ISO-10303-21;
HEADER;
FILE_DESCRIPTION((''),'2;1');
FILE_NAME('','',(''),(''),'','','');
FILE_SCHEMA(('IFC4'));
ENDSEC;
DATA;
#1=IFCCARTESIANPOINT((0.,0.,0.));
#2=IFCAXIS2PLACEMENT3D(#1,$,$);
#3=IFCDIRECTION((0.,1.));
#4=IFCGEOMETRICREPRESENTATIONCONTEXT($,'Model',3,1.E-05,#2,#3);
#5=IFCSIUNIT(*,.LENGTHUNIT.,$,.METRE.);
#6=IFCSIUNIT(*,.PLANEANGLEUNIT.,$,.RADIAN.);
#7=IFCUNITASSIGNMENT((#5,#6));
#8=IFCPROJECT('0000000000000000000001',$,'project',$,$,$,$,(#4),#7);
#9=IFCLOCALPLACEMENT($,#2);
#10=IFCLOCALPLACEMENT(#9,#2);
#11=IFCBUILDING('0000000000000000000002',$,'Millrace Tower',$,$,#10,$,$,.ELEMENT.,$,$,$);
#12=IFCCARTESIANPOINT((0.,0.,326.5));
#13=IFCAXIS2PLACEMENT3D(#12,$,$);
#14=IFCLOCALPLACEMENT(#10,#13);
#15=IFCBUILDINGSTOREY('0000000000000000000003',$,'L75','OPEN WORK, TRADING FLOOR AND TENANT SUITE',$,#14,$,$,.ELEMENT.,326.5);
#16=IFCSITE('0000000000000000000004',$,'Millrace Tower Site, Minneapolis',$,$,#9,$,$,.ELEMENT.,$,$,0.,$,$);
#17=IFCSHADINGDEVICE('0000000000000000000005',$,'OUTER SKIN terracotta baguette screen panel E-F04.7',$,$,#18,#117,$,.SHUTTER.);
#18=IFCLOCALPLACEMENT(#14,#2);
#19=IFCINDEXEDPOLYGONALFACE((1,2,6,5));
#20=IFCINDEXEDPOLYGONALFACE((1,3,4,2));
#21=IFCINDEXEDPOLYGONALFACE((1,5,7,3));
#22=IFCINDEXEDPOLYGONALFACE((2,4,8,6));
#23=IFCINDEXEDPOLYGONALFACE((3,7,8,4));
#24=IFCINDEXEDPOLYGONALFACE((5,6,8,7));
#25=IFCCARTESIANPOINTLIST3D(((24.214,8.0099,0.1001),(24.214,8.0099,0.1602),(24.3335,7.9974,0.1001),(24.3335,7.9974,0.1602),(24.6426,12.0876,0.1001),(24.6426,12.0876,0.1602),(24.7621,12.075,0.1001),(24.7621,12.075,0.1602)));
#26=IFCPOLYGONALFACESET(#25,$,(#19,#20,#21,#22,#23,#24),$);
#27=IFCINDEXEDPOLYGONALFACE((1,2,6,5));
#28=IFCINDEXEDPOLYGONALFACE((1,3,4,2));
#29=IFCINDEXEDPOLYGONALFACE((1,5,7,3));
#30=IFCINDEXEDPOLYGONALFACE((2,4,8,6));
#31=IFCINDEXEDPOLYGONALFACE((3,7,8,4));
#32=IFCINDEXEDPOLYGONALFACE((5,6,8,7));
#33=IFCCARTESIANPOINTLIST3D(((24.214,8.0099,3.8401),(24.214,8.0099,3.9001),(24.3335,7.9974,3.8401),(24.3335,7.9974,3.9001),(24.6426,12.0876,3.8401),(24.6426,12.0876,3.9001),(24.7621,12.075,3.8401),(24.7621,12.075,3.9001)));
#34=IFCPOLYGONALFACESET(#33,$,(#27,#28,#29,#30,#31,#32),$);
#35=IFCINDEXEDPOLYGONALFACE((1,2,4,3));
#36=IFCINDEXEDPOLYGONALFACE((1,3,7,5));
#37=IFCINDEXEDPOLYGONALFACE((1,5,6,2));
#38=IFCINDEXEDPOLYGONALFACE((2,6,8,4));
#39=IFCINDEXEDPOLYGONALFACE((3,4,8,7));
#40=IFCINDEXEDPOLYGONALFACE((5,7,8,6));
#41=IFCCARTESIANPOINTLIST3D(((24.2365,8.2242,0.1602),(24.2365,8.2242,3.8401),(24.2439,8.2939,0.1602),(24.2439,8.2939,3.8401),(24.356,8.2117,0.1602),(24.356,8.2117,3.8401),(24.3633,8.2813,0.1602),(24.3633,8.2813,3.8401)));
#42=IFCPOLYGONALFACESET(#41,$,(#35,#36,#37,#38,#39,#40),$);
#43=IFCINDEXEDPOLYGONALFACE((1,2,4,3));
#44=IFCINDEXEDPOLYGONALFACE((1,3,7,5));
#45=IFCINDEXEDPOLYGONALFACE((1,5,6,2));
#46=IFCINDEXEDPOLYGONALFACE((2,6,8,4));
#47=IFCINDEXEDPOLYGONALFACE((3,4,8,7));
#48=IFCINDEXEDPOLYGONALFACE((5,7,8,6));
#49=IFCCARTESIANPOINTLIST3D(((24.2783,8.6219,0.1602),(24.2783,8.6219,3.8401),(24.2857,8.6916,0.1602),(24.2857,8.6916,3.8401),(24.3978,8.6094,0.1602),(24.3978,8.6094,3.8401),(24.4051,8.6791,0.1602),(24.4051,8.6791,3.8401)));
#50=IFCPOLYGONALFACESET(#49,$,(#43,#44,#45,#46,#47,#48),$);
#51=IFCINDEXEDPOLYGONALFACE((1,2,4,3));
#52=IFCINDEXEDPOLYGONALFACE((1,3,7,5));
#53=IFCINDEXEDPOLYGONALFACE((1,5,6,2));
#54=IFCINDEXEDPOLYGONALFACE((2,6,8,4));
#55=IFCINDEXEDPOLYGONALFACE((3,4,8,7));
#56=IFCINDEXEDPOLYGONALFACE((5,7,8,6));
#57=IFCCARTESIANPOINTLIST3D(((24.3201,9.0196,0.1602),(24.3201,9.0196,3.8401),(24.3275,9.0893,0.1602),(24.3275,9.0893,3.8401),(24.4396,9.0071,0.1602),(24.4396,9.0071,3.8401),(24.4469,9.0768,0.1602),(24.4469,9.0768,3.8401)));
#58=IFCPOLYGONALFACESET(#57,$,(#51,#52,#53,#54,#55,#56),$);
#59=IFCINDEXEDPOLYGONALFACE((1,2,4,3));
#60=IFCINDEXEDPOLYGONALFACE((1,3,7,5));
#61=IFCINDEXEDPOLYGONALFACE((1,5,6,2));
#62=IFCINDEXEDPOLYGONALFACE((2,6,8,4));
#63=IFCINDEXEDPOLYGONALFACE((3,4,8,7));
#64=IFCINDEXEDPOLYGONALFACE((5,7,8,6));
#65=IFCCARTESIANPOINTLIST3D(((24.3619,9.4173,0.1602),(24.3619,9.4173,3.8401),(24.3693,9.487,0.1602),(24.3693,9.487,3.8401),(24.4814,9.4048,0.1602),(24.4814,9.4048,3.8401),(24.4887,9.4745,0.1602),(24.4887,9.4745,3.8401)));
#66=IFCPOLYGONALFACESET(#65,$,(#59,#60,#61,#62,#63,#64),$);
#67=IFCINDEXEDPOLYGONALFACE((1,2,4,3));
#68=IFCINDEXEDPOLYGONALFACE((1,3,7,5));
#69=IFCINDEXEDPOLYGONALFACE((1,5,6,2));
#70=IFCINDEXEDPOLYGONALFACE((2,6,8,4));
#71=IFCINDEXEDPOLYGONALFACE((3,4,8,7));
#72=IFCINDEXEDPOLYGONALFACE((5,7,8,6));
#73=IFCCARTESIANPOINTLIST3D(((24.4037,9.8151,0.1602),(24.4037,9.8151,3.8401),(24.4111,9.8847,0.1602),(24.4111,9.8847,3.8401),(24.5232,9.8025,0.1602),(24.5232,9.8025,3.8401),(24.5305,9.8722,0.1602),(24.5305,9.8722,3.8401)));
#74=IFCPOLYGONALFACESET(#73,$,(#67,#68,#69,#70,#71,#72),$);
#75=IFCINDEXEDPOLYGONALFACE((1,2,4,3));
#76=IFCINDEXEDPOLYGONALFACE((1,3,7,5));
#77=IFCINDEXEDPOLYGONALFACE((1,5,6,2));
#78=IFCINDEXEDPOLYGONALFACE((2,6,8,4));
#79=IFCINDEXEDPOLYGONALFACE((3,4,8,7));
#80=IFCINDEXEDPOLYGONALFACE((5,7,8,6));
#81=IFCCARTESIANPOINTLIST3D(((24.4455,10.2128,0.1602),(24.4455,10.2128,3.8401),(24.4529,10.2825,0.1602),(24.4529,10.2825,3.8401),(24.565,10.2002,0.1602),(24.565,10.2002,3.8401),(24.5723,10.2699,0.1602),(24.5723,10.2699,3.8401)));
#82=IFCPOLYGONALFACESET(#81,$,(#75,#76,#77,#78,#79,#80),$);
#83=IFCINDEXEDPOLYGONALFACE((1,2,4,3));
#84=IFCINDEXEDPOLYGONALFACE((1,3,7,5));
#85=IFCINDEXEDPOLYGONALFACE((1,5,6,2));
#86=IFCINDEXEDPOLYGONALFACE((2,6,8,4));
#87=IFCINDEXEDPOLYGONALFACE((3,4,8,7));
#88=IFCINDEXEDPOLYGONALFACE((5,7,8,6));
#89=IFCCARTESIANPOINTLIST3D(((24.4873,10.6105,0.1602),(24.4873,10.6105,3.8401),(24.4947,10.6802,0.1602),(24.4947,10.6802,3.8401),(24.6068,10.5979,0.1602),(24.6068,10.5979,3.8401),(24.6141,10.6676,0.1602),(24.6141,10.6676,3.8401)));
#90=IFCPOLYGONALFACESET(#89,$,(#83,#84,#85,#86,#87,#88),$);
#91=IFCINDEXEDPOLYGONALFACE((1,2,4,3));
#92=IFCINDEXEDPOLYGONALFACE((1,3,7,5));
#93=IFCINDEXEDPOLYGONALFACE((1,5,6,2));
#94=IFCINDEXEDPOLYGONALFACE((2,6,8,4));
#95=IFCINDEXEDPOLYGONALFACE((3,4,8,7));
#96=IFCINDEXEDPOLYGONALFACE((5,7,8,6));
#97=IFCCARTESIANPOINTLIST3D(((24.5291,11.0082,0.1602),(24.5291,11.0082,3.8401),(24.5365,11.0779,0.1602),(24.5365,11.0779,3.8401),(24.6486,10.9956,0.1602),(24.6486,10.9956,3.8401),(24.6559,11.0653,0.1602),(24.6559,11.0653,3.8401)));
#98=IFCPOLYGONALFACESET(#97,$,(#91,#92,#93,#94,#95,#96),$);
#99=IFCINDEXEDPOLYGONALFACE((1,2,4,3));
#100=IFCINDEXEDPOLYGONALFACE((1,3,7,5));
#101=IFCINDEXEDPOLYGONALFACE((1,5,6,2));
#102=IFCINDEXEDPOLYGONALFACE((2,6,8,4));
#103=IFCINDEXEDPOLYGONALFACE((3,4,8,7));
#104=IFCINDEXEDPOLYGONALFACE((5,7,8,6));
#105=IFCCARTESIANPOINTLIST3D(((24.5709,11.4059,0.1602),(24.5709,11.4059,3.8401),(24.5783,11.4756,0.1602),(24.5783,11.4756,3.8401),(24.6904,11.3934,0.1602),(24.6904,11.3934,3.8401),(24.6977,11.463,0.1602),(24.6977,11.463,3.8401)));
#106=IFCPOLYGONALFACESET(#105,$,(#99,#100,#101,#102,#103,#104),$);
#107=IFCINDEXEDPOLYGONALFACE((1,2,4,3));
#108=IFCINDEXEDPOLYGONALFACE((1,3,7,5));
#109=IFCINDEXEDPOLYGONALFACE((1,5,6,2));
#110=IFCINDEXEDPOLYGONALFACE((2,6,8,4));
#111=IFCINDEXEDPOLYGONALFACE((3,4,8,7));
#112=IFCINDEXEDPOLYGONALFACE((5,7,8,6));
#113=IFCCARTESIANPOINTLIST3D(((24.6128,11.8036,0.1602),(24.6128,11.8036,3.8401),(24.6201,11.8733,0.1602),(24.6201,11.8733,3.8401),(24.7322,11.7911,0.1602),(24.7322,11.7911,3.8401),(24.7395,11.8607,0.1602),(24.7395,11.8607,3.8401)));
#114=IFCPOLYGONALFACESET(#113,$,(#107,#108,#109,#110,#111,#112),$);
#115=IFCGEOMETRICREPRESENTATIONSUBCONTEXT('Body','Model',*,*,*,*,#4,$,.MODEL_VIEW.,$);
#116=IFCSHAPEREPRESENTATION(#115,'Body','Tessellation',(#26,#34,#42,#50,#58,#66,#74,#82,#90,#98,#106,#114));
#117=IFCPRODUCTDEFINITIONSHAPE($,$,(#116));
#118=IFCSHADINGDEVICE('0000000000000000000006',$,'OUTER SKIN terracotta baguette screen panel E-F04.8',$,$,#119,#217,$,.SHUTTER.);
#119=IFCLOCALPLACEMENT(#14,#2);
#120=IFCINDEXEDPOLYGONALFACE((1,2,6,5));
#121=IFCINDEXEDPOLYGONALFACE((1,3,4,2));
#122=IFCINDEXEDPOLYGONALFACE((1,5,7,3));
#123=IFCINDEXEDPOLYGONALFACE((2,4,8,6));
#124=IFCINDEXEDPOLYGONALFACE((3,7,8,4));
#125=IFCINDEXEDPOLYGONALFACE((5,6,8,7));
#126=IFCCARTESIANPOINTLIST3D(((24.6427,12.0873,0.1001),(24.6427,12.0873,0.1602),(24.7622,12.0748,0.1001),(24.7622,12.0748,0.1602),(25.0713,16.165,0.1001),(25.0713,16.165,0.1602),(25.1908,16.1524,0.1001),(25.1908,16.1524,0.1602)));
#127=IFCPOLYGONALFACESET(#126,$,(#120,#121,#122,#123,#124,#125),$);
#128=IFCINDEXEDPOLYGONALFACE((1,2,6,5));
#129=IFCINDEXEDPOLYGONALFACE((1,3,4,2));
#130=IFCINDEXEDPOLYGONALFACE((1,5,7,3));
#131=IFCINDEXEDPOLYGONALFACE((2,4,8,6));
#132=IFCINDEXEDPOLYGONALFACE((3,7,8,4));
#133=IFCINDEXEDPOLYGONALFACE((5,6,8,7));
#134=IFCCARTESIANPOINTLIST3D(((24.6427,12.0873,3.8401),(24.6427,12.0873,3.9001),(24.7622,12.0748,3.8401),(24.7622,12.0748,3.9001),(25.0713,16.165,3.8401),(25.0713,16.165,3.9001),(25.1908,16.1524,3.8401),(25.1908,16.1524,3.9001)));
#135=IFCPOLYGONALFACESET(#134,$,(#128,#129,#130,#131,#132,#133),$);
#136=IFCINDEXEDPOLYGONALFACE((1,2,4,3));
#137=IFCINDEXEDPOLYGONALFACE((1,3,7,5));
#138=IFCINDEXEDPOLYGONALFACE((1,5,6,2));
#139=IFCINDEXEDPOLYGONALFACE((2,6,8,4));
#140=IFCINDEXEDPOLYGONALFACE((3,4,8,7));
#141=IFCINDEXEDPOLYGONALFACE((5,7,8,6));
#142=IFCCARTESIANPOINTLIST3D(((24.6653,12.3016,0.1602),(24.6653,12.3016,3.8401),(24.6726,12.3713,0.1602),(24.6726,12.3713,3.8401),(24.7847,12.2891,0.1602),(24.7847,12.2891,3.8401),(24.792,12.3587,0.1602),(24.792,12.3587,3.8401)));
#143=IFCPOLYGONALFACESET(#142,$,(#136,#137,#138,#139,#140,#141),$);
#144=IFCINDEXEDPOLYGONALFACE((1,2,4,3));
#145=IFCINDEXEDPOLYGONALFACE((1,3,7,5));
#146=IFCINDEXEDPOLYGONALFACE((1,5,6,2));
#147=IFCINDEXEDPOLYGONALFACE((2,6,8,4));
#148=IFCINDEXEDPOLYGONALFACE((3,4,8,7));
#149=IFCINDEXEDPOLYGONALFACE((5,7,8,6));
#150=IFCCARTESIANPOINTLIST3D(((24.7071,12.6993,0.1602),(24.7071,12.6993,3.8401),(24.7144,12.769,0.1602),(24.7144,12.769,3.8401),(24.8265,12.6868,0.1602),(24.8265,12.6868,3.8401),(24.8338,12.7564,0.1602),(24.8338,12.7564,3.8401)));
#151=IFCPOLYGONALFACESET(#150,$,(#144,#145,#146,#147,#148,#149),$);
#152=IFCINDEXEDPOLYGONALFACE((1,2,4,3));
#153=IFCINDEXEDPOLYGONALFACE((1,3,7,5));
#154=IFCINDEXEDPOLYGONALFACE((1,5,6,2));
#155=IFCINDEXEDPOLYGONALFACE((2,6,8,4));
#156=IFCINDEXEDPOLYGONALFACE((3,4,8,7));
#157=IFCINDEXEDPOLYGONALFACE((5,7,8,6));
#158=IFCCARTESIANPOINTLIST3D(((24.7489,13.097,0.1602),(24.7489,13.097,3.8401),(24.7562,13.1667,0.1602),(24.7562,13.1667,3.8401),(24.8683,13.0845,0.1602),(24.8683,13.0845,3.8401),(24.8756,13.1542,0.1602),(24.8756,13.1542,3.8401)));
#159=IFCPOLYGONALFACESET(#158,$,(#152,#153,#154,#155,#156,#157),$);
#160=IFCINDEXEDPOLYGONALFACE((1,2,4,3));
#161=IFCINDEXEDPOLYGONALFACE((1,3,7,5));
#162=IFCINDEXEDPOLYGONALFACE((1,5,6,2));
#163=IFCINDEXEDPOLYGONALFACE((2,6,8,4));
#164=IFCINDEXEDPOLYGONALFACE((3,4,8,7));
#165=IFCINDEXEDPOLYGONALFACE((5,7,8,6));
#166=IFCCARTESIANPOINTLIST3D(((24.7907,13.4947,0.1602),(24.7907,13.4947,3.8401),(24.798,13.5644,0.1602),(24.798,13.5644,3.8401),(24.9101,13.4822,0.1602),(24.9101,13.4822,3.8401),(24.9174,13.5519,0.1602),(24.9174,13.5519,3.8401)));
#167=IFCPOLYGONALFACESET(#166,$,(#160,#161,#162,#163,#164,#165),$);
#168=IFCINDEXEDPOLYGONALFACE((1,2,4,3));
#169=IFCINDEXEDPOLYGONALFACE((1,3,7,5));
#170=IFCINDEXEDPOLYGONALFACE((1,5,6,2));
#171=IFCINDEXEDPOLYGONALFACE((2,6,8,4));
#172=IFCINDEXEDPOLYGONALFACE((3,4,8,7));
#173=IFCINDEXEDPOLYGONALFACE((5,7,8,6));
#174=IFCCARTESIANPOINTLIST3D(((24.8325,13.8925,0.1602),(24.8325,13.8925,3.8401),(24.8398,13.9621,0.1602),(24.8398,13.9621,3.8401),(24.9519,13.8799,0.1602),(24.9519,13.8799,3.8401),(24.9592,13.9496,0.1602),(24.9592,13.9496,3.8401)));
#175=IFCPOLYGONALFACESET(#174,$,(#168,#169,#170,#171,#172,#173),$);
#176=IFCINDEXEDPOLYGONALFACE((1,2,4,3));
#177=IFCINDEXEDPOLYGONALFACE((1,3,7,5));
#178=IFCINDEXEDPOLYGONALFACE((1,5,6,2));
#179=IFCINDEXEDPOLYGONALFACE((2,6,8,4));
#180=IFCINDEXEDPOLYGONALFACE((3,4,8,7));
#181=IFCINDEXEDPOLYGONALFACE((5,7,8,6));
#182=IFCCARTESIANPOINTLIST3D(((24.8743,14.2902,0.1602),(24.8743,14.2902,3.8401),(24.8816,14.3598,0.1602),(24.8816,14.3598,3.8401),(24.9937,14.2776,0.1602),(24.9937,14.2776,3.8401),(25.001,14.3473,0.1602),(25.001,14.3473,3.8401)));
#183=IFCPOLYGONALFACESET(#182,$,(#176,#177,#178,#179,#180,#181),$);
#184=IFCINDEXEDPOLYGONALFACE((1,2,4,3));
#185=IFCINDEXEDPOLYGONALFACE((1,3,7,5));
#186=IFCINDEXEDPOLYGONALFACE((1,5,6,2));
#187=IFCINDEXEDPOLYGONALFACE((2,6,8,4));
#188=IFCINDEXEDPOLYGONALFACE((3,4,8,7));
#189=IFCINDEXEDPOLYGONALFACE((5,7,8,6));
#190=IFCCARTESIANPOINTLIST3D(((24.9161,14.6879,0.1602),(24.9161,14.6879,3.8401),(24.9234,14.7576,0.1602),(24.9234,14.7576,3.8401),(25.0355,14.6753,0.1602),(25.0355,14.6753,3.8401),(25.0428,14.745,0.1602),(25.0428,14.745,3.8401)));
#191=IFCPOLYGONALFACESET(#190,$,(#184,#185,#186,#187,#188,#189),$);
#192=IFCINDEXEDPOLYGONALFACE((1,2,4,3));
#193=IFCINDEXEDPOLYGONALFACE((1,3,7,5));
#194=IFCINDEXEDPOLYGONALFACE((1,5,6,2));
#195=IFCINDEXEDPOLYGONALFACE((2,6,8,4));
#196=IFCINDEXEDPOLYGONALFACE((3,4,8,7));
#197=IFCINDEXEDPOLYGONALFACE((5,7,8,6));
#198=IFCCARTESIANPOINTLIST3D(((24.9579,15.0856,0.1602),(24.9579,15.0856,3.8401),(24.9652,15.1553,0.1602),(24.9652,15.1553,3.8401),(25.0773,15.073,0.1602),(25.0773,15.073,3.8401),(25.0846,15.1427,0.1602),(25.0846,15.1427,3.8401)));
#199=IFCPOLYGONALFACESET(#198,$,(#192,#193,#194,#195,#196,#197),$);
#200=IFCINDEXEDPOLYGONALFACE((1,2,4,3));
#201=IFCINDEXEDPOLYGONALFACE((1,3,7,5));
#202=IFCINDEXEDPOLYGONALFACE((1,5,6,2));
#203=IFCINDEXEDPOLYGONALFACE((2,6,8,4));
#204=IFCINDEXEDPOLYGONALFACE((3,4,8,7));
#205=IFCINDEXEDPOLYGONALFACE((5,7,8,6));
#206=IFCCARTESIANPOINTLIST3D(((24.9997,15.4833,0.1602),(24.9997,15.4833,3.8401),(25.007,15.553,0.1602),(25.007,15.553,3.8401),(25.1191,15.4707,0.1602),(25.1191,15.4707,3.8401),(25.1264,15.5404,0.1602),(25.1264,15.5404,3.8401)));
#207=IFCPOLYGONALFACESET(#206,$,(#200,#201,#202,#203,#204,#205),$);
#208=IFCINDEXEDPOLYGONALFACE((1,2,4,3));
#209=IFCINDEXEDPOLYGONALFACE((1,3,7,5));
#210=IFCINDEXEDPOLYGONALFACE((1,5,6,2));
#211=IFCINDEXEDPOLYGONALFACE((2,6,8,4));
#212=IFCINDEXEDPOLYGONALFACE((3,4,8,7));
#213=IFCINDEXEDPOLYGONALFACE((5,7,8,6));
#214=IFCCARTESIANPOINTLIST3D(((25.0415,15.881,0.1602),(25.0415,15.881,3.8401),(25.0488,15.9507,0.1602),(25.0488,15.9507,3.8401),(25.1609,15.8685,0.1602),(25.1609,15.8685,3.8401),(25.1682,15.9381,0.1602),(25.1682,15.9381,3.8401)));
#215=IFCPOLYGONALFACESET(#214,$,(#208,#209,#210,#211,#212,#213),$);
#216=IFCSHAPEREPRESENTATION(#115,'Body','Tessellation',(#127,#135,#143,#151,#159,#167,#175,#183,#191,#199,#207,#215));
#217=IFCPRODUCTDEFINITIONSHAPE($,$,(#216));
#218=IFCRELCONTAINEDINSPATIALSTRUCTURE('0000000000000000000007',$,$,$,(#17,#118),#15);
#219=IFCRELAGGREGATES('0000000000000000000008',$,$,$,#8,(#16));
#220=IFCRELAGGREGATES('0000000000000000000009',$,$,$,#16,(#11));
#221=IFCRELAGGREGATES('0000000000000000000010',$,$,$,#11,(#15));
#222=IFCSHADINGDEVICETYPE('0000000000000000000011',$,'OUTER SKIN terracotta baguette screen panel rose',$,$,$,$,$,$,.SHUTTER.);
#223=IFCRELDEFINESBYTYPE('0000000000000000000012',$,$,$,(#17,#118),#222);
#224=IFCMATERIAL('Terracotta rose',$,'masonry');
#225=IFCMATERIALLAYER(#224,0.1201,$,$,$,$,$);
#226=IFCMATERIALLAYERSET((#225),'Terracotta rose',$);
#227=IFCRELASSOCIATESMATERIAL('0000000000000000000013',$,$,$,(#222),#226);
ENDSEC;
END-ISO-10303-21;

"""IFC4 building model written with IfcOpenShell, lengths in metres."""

from ifc_helpers import new_model, entity, si_unit, direction, frame, frame_2d, origin, place, context, subcontext, project, spatial, rectangle, extrude, source, transform, mapped, material, layer, layer_set, type_object, element, save


model = new_model("IFC4")

# Units and contexts
model_context = context("Model", 3, precision=1e-05, world=origin(), true_north=direction((0.0, 1.0)))
body_context = subcontext(model_context, "Body", "Model", "MODEL_VIEW")
ifc_project = project(units=[si_unit("LENGTHUNIT", "METRE"), si_unit("PLANEANGLEUNIT", "RADIAN")], contexts=[model_context])

# Site, building, storey
site_placement = place(None, origin())
site = spatial("IfcSite", under=ifc_project, at=site_placement, Name="Millrace Tower Site, Minneapolis", CompositionType="ELEMENT", RefElevation=0.0)
building_placement = place(site_placement, origin())
building = spatial("IfcBuilding", under=site, at=building_placement, Name="Millrace Tower", CompositionType="ELEMENT")
storey_placement = place(building_placement, frame((0.0, 0.0, 326.5)))
storey = spatial("IfcBuildingStorey", under=building, at=storey_placement, Name="L75", Description="OPEN WORK, TRADING FLOOR AND TENANT SUITE", CompositionType="ELEMENT", Elevation=326.5)

# Shading devices
ifc_material_1 = material(Name="Terracotta rose", Category="masonry")
ifc_layer_1 = layer(ifc_material_1, 0.1201)
ifc_layer_set_1 = layer_set([ifc_layer_1], Name="Terracotta rose")
shading_device_type = type_object("IfcShadingDeviceType", Name="OUTER SKIN terracotta baguette screen panel rose", PredefinedType="SHUTTER", material=ifc_layer_set_1)
cartesian_point_1 = entity("IfcCartesianPoint", [-2.05, 0.0601])
shared_polyline_1 = entity("IfcPolyline", [cartesian_point_1, entity("IfcCartesianPoint", [2.05, 0.0601]), entity("IfcCartesianPoint", [2.05, -0.0601]), entity("IfcCartesianPoint", [-2.05, -0.0601]), cartesian_point_1])
shared_shape_1 = source(origin(), body_context, "Body", "SweptSolid", [
    entity("IfcExtrudedAreaSolid", entity("IfcArbitraryClosedProfileDef", "AREA", None, shared_polyline_1), entity("IfcAxis2Placement3D", entity("IfcCartesianPoint", [0.0, 0.0, 0.0])), entity("IfcDirection", [0.0, 0.0, 1.0]), 0.0601),
    entity("IfcExtrudedAreaSolid", entity("IfcArbitraryClosedProfileDef", "AREA", None, shared_polyline_1), entity("IfcAxis2Placement3D", entity("IfcCartesianPoint", [0.0, 0.0, 3.74])), entity("IfcDirection", [0.0, 0.0, 1.0]), 0.0601),
    extrude(rectangle(XDim=0.0701, YDim=0.1201, at=frame_2d((-1.7996, 0.0))), frame((0.0, 0.0, 0.0601)), (0.0, 0.0, 1.0), 3.6799),
    extrude(rectangle(XDim=0.0701, YDim=0.1201, at=frame_2d((-1.3997, 0.0))), frame((0.0, 0.0, 0.0601)), (0.0, 0.0, 1.0), 3.6799),
    extrude(rectangle(XDim=0.0701, YDim=0.1201, at=frame_2d((-0.9998, 0.0))), frame((0.0, 0.0, 0.0601)), (0.0, 0.0, 1.0), 3.6799),
    extrude(rectangle(XDim=0.0701, YDim=0.1201, at=frame_2d((-0.5999, 0.0))), frame((0.0, 0.0, 0.0601)), (0.0, 0.0, 1.0), 3.6799),
    extrude(rectangle(XDim=0.0701, YDim=0.1201, at=frame_2d((-0.2, 0.0))), frame((0.0, 0.0, 0.0601)), (0.0, 0.0, 1.0), 3.6799),
    extrude(rectangle(XDim=0.0701, YDim=0.1201, at=frame_2d((0.2, 0.0))), frame((0.0, 0.0, 0.0601)), (0.0, 0.0, 1.0), 3.6799),
    extrude(rectangle(XDim=0.0701, YDim=0.1201, at=frame_2d((0.5999, 0.0))), frame((0.0, 0.0, 0.0601)), (0.0, 0.0, 1.0), 3.6799),
    extrude(rectangle(XDim=0.0701, YDim=0.1201, at=frame_2d((0.9998, 0.0))), frame((0.0, 0.0, 0.0601)), (0.0, 0.0, 1.0), 3.6799),
    extrude(rectangle(XDim=0.0701, YDim=0.1201, at=frame_2d((1.3997, 0.0))), frame((0.0, 0.0, 0.0601)), (0.0, 0.0, 1.0), 3.6799),
    extrude(rectangle(XDim=0.0701, YDim=0.1201, at=frame_2d((1.7996, 0.0))), frame((0.0, 0.0, 0.0601)), (0.0, 0.0, 1.0), 3.6799),
])
for number, where, z_axis, x_axis, name in (
    (1, (24.488, 10.0425, 0.1001), (0.0, 0.0, 1.0), (0.104528, 0.994522, 0.0), "OUTER SKIN terracotta baguette screen panel E-F04.7"),
    (2, (24.9167, 14.1199, 0.1001), (0.0, 0.0, 1.0), (0.104528, 0.994522, 0.0), "OUTER SKIN terracotta baguette screen panel E-F04.8"),
):
    element("IfcShadingDevice", number, at=place(storey_placement, frame(where, z_axis=z_axis, x_axis=x_axis)), inside=storey, type_object=shading_device_type, Name=name, PredefinedType="SHUTTER", context=body_context, shape_type="MappedRepresentation", body=[
        mapped(shared_shape_1, transform((0.0, 0.0, 0.0), scale=1.0)),
    ])

save(model, "model.ifc")
